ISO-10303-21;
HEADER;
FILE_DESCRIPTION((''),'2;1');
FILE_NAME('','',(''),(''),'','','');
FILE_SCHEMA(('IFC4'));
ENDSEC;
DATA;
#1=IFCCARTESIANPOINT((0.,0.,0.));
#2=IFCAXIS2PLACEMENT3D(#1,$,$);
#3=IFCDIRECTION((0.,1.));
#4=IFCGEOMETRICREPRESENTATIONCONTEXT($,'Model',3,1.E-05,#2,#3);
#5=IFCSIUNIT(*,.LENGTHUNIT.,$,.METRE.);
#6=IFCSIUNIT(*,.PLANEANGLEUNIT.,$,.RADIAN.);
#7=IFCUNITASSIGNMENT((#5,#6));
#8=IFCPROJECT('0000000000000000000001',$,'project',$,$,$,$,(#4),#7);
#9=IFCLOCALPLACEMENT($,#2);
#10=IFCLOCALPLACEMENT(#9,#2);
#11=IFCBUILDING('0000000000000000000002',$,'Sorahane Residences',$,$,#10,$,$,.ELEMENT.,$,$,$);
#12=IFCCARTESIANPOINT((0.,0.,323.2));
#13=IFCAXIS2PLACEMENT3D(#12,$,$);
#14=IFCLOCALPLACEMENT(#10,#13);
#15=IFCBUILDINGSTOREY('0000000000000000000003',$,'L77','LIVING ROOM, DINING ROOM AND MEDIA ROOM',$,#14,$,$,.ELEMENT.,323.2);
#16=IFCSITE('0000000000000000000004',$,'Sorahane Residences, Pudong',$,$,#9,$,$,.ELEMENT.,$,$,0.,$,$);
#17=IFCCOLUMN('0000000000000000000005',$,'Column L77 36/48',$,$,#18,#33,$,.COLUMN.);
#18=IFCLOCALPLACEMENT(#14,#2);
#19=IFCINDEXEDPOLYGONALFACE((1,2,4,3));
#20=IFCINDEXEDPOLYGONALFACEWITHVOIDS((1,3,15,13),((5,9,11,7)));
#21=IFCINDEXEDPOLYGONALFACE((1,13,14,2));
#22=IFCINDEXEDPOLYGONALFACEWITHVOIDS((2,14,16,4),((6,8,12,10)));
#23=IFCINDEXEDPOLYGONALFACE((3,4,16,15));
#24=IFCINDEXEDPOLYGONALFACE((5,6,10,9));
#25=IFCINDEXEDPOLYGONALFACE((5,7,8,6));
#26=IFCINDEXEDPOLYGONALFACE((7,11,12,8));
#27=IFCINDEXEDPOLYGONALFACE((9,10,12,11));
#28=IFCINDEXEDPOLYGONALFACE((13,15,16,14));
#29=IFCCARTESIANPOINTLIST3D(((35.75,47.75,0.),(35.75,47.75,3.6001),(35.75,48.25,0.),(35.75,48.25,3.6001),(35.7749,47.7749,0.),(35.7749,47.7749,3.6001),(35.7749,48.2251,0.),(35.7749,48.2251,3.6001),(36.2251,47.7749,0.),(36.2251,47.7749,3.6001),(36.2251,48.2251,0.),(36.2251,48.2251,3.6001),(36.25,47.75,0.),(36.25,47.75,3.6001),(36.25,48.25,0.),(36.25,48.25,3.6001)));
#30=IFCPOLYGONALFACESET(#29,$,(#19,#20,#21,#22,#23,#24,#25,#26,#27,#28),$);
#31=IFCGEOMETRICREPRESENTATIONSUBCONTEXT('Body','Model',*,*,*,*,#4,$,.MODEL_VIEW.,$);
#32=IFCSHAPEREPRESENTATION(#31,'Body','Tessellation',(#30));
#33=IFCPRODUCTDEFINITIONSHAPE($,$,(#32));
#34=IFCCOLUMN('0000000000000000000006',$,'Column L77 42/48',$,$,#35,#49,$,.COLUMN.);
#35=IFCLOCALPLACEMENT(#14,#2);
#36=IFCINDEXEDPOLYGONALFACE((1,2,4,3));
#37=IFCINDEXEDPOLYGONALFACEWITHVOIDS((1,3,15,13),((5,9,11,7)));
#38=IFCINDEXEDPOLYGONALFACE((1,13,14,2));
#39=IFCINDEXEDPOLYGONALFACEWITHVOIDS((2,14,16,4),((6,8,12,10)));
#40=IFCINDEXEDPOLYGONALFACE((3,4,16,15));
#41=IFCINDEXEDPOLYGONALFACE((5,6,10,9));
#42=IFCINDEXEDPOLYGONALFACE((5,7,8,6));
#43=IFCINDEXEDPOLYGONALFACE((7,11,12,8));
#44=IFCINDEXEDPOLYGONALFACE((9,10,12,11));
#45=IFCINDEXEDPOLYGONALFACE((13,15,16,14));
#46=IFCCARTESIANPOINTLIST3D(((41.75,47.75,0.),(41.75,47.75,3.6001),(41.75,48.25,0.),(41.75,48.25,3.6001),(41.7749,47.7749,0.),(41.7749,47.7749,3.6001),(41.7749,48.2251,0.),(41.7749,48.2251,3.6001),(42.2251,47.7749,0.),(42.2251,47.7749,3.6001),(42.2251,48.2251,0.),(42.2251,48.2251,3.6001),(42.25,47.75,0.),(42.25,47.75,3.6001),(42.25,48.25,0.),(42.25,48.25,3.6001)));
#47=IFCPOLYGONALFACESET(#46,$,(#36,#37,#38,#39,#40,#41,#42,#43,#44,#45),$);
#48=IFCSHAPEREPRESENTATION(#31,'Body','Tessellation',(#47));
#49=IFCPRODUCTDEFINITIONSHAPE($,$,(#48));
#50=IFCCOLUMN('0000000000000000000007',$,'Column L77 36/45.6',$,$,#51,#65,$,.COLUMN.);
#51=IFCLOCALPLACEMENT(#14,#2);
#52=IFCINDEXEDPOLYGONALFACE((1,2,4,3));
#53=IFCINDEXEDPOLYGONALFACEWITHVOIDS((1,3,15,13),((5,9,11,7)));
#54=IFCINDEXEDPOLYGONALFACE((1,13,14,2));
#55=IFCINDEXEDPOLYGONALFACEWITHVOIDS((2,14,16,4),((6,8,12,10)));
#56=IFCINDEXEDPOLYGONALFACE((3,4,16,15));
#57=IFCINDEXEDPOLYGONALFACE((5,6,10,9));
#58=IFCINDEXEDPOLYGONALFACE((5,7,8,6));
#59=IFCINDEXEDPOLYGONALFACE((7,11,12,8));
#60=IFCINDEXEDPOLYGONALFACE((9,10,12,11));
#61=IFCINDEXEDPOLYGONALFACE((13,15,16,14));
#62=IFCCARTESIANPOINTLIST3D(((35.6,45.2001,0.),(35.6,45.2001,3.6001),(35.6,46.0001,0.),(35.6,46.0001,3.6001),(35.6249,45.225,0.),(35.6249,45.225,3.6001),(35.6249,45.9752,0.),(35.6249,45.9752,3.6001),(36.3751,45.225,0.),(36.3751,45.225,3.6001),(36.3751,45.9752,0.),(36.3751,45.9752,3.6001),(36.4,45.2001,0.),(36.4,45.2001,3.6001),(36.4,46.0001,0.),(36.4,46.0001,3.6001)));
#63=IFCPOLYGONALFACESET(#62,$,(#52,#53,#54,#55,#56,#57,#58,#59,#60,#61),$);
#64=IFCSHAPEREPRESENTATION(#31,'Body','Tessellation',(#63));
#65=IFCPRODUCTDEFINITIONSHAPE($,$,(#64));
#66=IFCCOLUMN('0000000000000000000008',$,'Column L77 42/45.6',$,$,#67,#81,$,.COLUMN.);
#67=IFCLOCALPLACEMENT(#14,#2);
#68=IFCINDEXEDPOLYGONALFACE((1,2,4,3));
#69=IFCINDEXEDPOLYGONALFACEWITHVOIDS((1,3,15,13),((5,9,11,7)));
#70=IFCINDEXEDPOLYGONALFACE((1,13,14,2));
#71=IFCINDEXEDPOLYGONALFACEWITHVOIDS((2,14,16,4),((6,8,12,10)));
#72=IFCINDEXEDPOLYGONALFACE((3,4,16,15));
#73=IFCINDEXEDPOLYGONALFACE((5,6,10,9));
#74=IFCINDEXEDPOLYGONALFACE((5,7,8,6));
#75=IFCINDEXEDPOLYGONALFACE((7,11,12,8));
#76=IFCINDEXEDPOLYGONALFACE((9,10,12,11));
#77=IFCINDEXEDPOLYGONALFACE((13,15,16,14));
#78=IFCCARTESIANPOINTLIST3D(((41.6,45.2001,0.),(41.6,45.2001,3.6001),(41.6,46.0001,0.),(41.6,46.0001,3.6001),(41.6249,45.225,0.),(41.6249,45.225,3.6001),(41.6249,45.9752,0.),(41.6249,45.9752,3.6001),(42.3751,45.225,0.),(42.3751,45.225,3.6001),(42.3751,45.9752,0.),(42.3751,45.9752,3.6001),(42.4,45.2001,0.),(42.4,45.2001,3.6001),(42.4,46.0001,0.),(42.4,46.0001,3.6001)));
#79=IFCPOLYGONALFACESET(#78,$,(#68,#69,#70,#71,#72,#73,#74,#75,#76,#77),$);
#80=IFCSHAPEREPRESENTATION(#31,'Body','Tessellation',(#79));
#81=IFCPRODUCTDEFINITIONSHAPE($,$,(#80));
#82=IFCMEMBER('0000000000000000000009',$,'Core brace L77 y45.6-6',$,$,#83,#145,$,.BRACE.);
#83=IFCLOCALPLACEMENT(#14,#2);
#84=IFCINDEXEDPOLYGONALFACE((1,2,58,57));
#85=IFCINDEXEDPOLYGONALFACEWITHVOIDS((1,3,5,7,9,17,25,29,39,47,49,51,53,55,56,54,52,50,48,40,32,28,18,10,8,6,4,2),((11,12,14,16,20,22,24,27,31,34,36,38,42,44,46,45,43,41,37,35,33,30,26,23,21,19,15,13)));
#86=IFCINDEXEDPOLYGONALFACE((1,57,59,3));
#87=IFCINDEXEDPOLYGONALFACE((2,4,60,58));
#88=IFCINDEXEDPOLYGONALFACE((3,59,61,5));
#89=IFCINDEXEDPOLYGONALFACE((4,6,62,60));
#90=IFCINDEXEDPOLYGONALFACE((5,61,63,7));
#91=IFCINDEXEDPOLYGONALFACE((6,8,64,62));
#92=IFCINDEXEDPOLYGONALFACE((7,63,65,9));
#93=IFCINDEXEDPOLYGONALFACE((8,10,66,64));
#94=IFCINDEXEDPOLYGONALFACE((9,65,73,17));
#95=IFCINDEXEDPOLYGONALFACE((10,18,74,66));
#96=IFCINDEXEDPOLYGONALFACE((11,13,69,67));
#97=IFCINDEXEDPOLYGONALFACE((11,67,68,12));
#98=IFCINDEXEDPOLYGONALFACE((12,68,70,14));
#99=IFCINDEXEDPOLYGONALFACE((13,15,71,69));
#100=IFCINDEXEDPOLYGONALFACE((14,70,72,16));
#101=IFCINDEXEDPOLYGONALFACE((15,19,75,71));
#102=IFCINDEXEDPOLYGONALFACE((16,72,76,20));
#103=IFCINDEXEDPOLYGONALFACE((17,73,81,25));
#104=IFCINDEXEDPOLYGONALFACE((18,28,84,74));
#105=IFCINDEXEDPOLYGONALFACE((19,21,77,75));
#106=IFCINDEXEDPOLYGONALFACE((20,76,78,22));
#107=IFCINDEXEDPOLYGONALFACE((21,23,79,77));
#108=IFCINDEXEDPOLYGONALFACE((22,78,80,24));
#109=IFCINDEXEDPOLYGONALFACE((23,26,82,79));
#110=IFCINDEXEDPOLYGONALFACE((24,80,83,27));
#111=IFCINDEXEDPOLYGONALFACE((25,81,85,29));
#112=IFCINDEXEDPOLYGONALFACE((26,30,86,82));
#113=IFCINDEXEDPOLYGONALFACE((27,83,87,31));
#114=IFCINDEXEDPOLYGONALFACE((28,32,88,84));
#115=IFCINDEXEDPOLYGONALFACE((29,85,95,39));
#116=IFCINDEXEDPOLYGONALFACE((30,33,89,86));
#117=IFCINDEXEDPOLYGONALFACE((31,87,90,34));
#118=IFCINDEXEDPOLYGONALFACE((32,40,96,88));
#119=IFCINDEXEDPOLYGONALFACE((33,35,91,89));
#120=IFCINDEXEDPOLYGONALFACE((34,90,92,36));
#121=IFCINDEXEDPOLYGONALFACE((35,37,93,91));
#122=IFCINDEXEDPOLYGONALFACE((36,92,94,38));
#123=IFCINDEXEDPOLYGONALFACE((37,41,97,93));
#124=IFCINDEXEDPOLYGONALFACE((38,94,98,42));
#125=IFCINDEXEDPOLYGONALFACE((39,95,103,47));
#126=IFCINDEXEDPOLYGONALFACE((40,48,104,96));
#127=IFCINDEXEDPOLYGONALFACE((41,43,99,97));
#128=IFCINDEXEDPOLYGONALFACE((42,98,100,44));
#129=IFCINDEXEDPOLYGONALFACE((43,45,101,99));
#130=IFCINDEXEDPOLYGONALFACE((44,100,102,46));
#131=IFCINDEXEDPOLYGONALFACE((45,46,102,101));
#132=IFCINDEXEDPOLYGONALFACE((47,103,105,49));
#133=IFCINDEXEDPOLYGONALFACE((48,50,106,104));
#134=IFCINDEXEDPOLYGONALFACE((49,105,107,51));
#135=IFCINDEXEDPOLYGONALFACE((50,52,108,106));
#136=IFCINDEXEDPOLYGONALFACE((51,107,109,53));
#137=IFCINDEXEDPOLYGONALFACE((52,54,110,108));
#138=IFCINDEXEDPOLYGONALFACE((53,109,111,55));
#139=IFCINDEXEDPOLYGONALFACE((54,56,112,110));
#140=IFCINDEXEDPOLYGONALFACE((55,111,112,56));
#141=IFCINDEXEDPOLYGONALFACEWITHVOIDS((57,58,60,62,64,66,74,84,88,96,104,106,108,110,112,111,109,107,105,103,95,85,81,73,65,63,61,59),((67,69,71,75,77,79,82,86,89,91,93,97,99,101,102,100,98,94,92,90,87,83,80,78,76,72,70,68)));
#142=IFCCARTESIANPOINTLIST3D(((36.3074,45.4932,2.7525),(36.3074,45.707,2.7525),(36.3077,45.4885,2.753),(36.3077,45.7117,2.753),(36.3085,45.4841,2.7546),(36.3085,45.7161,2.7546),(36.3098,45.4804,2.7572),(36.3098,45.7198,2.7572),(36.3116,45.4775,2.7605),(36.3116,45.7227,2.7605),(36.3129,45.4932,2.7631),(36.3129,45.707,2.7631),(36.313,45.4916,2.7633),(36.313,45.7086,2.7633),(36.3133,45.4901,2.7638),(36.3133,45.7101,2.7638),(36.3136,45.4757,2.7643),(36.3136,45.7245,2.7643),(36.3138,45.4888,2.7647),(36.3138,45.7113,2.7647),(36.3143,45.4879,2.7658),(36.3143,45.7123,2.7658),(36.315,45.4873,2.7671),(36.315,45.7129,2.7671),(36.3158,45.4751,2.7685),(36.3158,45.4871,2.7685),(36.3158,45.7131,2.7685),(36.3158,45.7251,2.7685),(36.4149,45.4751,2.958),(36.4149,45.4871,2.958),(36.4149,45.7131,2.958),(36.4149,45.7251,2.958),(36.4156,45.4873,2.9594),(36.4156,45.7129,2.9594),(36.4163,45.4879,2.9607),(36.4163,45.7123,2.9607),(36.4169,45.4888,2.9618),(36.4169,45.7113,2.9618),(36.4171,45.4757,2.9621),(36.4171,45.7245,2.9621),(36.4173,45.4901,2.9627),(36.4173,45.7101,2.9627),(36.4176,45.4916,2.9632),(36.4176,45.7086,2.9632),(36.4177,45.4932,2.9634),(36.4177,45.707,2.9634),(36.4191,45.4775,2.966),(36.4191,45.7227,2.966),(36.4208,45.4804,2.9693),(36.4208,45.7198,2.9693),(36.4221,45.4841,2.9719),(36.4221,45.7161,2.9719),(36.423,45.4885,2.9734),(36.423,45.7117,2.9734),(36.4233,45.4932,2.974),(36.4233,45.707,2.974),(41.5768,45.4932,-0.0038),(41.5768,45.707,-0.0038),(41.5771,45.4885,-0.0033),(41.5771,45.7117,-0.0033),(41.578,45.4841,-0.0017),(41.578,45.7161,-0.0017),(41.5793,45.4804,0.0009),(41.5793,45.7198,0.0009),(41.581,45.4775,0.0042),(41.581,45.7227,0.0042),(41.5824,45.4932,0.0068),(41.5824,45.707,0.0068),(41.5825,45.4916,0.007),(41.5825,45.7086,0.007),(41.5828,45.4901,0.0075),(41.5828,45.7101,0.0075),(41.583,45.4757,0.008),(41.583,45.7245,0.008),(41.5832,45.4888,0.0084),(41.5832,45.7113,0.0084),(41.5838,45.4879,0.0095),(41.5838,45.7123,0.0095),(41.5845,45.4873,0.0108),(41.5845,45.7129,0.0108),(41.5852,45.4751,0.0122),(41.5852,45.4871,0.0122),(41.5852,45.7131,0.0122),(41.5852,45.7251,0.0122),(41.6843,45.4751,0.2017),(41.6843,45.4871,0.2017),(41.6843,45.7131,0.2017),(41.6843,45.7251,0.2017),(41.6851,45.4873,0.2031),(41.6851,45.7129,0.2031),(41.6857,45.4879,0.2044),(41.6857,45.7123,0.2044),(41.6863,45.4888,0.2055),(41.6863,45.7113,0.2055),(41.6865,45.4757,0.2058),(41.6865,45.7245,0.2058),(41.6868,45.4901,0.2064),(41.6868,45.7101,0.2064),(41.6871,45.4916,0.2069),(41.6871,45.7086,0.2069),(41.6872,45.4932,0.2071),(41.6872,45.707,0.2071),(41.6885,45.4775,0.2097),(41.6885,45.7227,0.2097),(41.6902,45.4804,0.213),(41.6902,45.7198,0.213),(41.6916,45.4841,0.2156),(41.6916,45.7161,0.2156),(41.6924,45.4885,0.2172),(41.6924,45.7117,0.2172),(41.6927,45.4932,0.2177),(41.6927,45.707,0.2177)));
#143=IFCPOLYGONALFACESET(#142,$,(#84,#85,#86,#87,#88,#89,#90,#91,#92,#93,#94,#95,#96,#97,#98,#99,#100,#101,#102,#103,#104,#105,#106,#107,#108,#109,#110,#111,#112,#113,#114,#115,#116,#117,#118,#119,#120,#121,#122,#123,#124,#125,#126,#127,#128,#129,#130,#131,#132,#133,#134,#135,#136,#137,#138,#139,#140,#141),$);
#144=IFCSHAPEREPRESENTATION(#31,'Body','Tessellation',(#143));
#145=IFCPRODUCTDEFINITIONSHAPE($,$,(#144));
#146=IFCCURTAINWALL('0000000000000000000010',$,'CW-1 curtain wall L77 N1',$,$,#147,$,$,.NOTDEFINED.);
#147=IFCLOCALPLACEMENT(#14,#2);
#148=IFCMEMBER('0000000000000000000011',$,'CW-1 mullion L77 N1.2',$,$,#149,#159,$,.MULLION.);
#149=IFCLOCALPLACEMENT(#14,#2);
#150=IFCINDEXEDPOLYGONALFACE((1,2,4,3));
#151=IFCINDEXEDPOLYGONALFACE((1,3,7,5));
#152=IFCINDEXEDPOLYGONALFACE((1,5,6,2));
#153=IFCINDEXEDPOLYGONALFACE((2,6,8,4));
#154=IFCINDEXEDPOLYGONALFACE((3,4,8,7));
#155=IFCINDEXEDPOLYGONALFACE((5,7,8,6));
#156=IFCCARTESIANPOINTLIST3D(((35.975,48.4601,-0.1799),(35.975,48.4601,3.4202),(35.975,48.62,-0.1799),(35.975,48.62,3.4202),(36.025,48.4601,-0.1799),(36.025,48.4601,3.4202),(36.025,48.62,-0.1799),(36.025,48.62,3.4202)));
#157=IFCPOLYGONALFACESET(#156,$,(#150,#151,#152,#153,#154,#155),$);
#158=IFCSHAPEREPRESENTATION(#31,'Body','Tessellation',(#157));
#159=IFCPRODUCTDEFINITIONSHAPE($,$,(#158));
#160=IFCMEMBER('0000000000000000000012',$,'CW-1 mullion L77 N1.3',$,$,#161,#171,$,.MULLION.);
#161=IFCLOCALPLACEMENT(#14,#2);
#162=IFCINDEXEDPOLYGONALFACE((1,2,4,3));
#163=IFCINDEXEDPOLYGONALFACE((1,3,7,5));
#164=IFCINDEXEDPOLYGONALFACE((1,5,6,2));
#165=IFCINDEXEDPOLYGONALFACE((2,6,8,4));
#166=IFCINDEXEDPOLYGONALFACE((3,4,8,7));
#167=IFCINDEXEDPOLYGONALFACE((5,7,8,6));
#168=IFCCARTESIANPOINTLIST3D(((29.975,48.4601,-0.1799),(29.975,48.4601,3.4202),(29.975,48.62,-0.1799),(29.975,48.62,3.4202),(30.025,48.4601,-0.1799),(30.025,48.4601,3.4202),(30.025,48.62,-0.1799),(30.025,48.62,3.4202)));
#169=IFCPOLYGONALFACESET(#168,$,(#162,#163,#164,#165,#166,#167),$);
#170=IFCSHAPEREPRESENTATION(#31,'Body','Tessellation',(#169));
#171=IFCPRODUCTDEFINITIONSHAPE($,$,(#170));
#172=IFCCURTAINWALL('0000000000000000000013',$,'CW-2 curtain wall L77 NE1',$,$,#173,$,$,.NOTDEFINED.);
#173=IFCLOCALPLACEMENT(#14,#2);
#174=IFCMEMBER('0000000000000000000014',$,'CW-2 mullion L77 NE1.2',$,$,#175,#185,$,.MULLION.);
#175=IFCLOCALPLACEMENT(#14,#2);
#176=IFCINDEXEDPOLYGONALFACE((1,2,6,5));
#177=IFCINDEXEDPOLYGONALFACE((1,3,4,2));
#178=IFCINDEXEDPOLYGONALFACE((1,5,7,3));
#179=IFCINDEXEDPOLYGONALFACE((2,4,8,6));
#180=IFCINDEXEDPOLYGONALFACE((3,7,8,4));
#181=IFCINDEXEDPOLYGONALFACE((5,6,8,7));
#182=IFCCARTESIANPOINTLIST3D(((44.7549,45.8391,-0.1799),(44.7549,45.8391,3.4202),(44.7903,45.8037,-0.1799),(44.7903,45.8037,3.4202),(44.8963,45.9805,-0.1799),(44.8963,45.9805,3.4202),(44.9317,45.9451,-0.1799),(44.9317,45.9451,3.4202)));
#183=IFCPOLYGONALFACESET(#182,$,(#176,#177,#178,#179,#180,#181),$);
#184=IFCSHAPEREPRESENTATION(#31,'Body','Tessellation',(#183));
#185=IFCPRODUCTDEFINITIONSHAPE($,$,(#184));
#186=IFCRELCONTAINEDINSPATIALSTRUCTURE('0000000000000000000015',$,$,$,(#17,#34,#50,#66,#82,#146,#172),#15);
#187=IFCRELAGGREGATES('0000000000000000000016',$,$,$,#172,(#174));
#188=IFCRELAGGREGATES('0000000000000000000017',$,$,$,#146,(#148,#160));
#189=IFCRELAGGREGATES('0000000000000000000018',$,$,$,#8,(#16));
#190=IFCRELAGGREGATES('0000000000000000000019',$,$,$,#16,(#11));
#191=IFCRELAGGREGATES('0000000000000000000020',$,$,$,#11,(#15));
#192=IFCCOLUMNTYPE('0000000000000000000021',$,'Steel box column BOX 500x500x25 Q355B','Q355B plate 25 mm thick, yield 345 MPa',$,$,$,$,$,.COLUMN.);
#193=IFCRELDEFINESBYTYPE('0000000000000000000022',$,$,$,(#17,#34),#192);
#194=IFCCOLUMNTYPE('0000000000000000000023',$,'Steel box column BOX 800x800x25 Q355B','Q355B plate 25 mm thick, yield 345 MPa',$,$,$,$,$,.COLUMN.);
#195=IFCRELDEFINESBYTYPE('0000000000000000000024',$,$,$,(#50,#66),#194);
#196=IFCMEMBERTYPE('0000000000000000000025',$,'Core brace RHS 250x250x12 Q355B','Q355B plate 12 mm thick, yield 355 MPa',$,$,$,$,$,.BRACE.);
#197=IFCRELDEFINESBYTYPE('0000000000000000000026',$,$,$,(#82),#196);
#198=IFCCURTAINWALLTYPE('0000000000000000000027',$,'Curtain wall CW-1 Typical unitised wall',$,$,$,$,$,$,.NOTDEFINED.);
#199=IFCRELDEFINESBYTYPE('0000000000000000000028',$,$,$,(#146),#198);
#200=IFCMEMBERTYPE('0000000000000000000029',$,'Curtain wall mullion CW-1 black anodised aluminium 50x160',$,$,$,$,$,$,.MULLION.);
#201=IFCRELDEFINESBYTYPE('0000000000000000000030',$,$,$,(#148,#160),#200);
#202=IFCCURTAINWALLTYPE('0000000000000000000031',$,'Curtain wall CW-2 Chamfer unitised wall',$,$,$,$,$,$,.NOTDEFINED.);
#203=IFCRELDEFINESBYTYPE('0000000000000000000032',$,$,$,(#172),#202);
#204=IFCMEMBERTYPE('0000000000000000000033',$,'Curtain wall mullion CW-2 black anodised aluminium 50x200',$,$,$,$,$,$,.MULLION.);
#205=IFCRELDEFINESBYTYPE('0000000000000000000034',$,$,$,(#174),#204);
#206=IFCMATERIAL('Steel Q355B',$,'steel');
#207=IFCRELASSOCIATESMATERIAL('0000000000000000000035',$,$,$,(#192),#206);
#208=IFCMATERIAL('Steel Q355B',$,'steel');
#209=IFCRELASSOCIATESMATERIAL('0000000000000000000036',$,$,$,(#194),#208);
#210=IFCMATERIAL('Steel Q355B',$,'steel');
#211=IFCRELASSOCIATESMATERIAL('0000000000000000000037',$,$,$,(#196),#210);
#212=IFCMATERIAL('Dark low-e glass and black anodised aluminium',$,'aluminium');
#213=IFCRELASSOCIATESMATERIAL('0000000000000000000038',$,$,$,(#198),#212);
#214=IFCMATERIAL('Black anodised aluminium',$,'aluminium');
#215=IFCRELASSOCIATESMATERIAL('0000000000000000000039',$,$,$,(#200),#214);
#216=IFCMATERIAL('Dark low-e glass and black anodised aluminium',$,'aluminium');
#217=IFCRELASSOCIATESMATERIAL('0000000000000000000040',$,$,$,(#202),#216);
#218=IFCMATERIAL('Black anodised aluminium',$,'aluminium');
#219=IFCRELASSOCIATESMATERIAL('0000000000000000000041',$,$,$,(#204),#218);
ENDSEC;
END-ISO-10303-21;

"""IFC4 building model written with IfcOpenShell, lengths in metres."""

from ifc_helpers import new_model, si_unit, direction, frame, origin, origin_2d, place, context, subcontext, project, spatial, rectangle, hollow_rectangle, extrude, material, material_profile, profile_set, type_object, element, aggregate, save


model = new_model("IFC4")

# Units and contexts
model_context = context("Model", 3, precision=1e-05, world=origin(), true_north=direction((0.0, 1.0)))
body_context = subcontext(model_context, "Body", "Model", "MODEL_VIEW")
ifc_project = project(units=[si_unit("LENGTHUNIT", "METRE"), si_unit("PLANEANGLEUNIT", "RADIAN")], contexts=[model_context])

# Site, building, storey
site_placement = place(None, origin())
site = spatial("IfcSite", under=ifc_project, at=site_placement, Name="Sorahane Residences, Pudong", CompositionType="ELEMENT", RefElevation=0.0)
building_placement = place(site_placement, origin())
building = spatial("IfcBuilding", under=site, at=building_placement, Name="Sorahane Residences", CompositionType="ELEMENT")
storey_placement = place(building_placement, frame((0.0, 0.0, 323.2)))
storey = spatial("IfcBuildingStorey", under=building, at=storey_placement, Name="L77", Description="LIVING ROOM, DINING ROOM AND MEDIA ROOM", CompositionType="ELEMENT", Elevation=323.2)

# Columns
ifc_material_1 = material(Name="Steel Q355B", Category="steel")
ifc_material_profile_1 = material_profile(ifc_material_1, hollow_rectangle(XDim=0.5, YDim=0.5, WallThickness=0.0249, at=origin_2d()), Name="BOX 500x500x25")
ifc_profile_set_1 = profile_set([ifc_material_profile_1], Name="Steel Q355B")
column_type_1 = type_object("IfcColumnType", Name="Steel box column BOX 500x500x25 Q355B", Description="Q355B plate 25 mm thick, yield 345 MPa", PredefinedType="COLUMN", material=ifc_profile_set_1)
for number, where, z_axis, x_axis, name in (
    (1, (36.0, 48.0, 0.0), (0.0, 0.0, 1.0), (1.0, 0.0, 0.0), "Column L77 36/48"),
    (2, (42.0, 48.0, 0.0), (0.0, 0.0, 1.0), (1.0, 0.0, 0.0), "Column L77 42/48"),
):
    element("IfcColumn", number, at=place(storey_placement, frame(where, z_axis=z_axis, x_axis=x_axis)), inside=storey, type_object=column_type_1, Name=name, PredefinedType="COLUMN", context=body_context, shape_type="SweptSolid", body=[
        extrude(hollow_rectangle(XDim=0.5, YDim=0.5, WallThickness=0.0249, at=origin_2d()), origin(), (0.0, 0.0, 1.0), 3.6001),
    ])
ifc_material_2 = material(Name="Steel Q355B", Category="steel")
ifc_material_profile_2 = material_profile(ifc_material_2, hollow_rectangle(XDim=0.8, YDim=0.8, WallThickness=0.0249, at=origin_2d()), Name="BOX 800x800x25")
ifc_profile_set_2 = profile_set([ifc_material_profile_2], Name="Steel Q355B")
column_type_2 = type_object("IfcColumnType", Name="Steel box column BOX 800x800x25 Q355B", Description="Q355B plate 25 mm thick, yield 345 MPa", PredefinedType="COLUMN", material=ifc_profile_set_2)
for number, where, z_axis, x_axis, name in (
    (3, (36.0, 45.6001, 0.0), (0.0, 0.0, 1.0), (1.0, 0.0, 0.0), "Column L77 36/45.6"),
    (4, (42.0, 45.6001, 0.0), (0.0, 0.0, 1.0), (1.0, 0.0, 0.0), "Column L77 42/45.6"),
):
    element("IfcColumn", number, at=place(storey_placement, frame(where, z_axis=z_axis, x_axis=x_axis)), inside=storey, type_object=column_type_2, Name=name, PredefinedType="COLUMN", context=body_context, shape_type="SweptSolid", body=[
        extrude(hollow_rectangle(XDim=0.8, YDim=0.8, WallThickness=0.0249, at=origin_2d()), origin(), (0.0, 0.0, 1.0), 3.6001),
    ])

# Member
ifc_material_3 = material(Name="Steel Q355B", Category="steel")
ifc_material_profile_3 = material_profile(ifc_material_3, hollow_rectangle(XDim=0.25, YDim=0.25, WallThickness=0.012, InnerFilletRadius=0.0061, OuterFilletRadius=0.0181, at=origin_2d()), Name="RHS 250x250x12")
ifc_profile_set_3 = profile_set([ifc_material_profile_3], Name="Steel Q355B")
member_type_1 = type_object("IfcMemberType", Name="Core brace RHS 250x250x12 Q355B", Description="Q355B plate 12 mm thick, yield 355 MPa", PredefinedType="BRACE", material=ifc_profile_set_3)
member_1_placement = place(storey_placement, frame((41.6348, 45.6001, 0.1069), z_axis=(-0.8861, 0.0, 0.463495), x_axis=(0.0, -1.0, 0.0)))
element("IfcMember", 5, at=member_1_placement, inside=storey, type_object=member_type_1, Name="Core brace L77 y45.6-6", PredefinedType="BRACE", context=body_context, shape_type="SweptSolid", body=[
    extrude(hollow_rectangle(XDim=0.25, YDim=0.25, WallThickness=0.012, InnerFilletRadius=0.0061, OuterFilletRadius=0.0181, at=origin_2d()), origin(), (0.0, 0.0, 1.0), 5.9468),
])

# Curtain walls, members
ifc_material_4 = material(Name="Dark low-e glass and black anodised aluminium", Category="aluminium")
curtain_wall_type_1 = type_object("IfcCurtainWallType", Name="Curtain wall CW-1 Typical unitised wall", PredefinedType="NOTDEFINED", material=ifc_material_4)
curtain_wall_1_placement = place(storey_placement, origin())
curtain_wall_1 = element("IfcCurtainWall", 6, at=curtain_wall_1_placement, inside=storey, type_object=curtain_wall_type_1, Name="CW-1 curtain wall L77 N1", PredefinedType="NOTDEFINED")
ifc_material_5 = material(Name="Black anodised aluminium", Category="aluminium")
ifc_material_profile_4 = material_profile(ifc_material_5, rectangle(XDim=0.1599, YDim=0.05, at=origin_2d()), Name="Curtain wall mullion CW-1 black anodised aluminium 50x160")
ifc_profile_set_4 = profile_set([ifc_material_profile_4], Name="Black anodised aluminium")
member_type_2 = type_object("IfcMemberType", Name="Curtain wall mullion CW-1 black anodised aluminium 50x160", PredefinedType="MULLION", material=ifc_profile_set_4)
member_2_placement = place(storey_placement, frame((36.0, 48.54, -0.1799), z_axis=(0.0, 0.0, 1.0), x_axis=(0.0, 1.0, 0.0)))
member_2 = element("IfcMember", 7, at=member_2_placement, type_object=member_type_2, Name="CW-1 mullion L77 N1.2", PredefinedType="MULLION", context=body_context, shape_type="SweptSolid", body=[
    extrude(rectangle(XDim=0.1599, YDim=0.05, at=origin_2d()), origin(), (0.0, 0.0, 1.0), 3.6001),
])
member_3_placement = place(storey_placement, frame((30.0, 48.54, -0.1799), z_axis=(0.0, 0.0, 1.0), x_axis=(0.0, 1.0, 0.0)))
member_3 = element("IfcMember", 8, at=member_3_placement, type_object=member_type_2, Name="CW-1 mullion L77 N1.3", PredefinedType="MULLION", context=body_context, shape_type="SweptSolid", body=[
    extrude(rectangle(XDim=0.1599, YDim=0.05, at=origin_2d()), origin(), (0.0, 0.0, 1.0), 3.6001),
])
ifc_material_6 = material(Name="Dark low-e glass and black anodised aluminium", Category="aluminium")
curtain_wall_type_2 = type_object("IfcCurtainWallType", Name="Curtain wall CW-2 Chamfer unitised wall", PredefinedType="NOTDEFINED", material=ifc_material_6)
curtain_wall_2_placement = place(storey_placement, origin())
curtain_wall_2 = element("IfcCurtainWall", 9, at=curtain_wall_2_placement, inside=storey, type_object=curtain_wall_type_2, Name="CW-2 curtain wall L77 NE1", PredefinedType="NOTDEFINED")
ifc_material_7 = material(Name="Black anodised aluminium", Category="aluminium")
ifc_material_profile_5 = material_profile(ifc_material_7, rectangle(XDim=0.2, YDim=0.05, at=origin_2d()), Name="Curtain wall mullion CW-2 black anodised aluminium 50x200")
ifc_profile_set_5 = profile_set([ifc_material_profile_5], Name="Black anodised aluminium")
member_type_3 = type_object("IfcMemberType", Name="Curtain wall mullion CW-2 black anodised aluminium 50x200", PredefinedType="MULLION", material=ifc_profile_set_5)
member_4_placement = place(storey_placement, frame((44.8433, 45.8921, -0.1799), z_axis=(0.0, 0.0, 1.0), x_axis=(0.707107, 0.707107, 0.0)))
member_4 = element("IfcMember", 10, at=member_4_placement, type_object=member_type_3, Name="CW-2 mullion L77 NE1.2", PredefinedType="MULLION", context=body_context, shape_type="SweptSolid", body=[
    extrude(rectangle(XDim=0.2, YDim=0.05, at=origin_2d()), origin(), (0.0, 0.0, 1.0), 3.6001),
])

aggregate(curtain_wall_2, [member_4])
aggregate(curtain_wall_1, [member_2, member_3])

save(model, "model.ifc")
